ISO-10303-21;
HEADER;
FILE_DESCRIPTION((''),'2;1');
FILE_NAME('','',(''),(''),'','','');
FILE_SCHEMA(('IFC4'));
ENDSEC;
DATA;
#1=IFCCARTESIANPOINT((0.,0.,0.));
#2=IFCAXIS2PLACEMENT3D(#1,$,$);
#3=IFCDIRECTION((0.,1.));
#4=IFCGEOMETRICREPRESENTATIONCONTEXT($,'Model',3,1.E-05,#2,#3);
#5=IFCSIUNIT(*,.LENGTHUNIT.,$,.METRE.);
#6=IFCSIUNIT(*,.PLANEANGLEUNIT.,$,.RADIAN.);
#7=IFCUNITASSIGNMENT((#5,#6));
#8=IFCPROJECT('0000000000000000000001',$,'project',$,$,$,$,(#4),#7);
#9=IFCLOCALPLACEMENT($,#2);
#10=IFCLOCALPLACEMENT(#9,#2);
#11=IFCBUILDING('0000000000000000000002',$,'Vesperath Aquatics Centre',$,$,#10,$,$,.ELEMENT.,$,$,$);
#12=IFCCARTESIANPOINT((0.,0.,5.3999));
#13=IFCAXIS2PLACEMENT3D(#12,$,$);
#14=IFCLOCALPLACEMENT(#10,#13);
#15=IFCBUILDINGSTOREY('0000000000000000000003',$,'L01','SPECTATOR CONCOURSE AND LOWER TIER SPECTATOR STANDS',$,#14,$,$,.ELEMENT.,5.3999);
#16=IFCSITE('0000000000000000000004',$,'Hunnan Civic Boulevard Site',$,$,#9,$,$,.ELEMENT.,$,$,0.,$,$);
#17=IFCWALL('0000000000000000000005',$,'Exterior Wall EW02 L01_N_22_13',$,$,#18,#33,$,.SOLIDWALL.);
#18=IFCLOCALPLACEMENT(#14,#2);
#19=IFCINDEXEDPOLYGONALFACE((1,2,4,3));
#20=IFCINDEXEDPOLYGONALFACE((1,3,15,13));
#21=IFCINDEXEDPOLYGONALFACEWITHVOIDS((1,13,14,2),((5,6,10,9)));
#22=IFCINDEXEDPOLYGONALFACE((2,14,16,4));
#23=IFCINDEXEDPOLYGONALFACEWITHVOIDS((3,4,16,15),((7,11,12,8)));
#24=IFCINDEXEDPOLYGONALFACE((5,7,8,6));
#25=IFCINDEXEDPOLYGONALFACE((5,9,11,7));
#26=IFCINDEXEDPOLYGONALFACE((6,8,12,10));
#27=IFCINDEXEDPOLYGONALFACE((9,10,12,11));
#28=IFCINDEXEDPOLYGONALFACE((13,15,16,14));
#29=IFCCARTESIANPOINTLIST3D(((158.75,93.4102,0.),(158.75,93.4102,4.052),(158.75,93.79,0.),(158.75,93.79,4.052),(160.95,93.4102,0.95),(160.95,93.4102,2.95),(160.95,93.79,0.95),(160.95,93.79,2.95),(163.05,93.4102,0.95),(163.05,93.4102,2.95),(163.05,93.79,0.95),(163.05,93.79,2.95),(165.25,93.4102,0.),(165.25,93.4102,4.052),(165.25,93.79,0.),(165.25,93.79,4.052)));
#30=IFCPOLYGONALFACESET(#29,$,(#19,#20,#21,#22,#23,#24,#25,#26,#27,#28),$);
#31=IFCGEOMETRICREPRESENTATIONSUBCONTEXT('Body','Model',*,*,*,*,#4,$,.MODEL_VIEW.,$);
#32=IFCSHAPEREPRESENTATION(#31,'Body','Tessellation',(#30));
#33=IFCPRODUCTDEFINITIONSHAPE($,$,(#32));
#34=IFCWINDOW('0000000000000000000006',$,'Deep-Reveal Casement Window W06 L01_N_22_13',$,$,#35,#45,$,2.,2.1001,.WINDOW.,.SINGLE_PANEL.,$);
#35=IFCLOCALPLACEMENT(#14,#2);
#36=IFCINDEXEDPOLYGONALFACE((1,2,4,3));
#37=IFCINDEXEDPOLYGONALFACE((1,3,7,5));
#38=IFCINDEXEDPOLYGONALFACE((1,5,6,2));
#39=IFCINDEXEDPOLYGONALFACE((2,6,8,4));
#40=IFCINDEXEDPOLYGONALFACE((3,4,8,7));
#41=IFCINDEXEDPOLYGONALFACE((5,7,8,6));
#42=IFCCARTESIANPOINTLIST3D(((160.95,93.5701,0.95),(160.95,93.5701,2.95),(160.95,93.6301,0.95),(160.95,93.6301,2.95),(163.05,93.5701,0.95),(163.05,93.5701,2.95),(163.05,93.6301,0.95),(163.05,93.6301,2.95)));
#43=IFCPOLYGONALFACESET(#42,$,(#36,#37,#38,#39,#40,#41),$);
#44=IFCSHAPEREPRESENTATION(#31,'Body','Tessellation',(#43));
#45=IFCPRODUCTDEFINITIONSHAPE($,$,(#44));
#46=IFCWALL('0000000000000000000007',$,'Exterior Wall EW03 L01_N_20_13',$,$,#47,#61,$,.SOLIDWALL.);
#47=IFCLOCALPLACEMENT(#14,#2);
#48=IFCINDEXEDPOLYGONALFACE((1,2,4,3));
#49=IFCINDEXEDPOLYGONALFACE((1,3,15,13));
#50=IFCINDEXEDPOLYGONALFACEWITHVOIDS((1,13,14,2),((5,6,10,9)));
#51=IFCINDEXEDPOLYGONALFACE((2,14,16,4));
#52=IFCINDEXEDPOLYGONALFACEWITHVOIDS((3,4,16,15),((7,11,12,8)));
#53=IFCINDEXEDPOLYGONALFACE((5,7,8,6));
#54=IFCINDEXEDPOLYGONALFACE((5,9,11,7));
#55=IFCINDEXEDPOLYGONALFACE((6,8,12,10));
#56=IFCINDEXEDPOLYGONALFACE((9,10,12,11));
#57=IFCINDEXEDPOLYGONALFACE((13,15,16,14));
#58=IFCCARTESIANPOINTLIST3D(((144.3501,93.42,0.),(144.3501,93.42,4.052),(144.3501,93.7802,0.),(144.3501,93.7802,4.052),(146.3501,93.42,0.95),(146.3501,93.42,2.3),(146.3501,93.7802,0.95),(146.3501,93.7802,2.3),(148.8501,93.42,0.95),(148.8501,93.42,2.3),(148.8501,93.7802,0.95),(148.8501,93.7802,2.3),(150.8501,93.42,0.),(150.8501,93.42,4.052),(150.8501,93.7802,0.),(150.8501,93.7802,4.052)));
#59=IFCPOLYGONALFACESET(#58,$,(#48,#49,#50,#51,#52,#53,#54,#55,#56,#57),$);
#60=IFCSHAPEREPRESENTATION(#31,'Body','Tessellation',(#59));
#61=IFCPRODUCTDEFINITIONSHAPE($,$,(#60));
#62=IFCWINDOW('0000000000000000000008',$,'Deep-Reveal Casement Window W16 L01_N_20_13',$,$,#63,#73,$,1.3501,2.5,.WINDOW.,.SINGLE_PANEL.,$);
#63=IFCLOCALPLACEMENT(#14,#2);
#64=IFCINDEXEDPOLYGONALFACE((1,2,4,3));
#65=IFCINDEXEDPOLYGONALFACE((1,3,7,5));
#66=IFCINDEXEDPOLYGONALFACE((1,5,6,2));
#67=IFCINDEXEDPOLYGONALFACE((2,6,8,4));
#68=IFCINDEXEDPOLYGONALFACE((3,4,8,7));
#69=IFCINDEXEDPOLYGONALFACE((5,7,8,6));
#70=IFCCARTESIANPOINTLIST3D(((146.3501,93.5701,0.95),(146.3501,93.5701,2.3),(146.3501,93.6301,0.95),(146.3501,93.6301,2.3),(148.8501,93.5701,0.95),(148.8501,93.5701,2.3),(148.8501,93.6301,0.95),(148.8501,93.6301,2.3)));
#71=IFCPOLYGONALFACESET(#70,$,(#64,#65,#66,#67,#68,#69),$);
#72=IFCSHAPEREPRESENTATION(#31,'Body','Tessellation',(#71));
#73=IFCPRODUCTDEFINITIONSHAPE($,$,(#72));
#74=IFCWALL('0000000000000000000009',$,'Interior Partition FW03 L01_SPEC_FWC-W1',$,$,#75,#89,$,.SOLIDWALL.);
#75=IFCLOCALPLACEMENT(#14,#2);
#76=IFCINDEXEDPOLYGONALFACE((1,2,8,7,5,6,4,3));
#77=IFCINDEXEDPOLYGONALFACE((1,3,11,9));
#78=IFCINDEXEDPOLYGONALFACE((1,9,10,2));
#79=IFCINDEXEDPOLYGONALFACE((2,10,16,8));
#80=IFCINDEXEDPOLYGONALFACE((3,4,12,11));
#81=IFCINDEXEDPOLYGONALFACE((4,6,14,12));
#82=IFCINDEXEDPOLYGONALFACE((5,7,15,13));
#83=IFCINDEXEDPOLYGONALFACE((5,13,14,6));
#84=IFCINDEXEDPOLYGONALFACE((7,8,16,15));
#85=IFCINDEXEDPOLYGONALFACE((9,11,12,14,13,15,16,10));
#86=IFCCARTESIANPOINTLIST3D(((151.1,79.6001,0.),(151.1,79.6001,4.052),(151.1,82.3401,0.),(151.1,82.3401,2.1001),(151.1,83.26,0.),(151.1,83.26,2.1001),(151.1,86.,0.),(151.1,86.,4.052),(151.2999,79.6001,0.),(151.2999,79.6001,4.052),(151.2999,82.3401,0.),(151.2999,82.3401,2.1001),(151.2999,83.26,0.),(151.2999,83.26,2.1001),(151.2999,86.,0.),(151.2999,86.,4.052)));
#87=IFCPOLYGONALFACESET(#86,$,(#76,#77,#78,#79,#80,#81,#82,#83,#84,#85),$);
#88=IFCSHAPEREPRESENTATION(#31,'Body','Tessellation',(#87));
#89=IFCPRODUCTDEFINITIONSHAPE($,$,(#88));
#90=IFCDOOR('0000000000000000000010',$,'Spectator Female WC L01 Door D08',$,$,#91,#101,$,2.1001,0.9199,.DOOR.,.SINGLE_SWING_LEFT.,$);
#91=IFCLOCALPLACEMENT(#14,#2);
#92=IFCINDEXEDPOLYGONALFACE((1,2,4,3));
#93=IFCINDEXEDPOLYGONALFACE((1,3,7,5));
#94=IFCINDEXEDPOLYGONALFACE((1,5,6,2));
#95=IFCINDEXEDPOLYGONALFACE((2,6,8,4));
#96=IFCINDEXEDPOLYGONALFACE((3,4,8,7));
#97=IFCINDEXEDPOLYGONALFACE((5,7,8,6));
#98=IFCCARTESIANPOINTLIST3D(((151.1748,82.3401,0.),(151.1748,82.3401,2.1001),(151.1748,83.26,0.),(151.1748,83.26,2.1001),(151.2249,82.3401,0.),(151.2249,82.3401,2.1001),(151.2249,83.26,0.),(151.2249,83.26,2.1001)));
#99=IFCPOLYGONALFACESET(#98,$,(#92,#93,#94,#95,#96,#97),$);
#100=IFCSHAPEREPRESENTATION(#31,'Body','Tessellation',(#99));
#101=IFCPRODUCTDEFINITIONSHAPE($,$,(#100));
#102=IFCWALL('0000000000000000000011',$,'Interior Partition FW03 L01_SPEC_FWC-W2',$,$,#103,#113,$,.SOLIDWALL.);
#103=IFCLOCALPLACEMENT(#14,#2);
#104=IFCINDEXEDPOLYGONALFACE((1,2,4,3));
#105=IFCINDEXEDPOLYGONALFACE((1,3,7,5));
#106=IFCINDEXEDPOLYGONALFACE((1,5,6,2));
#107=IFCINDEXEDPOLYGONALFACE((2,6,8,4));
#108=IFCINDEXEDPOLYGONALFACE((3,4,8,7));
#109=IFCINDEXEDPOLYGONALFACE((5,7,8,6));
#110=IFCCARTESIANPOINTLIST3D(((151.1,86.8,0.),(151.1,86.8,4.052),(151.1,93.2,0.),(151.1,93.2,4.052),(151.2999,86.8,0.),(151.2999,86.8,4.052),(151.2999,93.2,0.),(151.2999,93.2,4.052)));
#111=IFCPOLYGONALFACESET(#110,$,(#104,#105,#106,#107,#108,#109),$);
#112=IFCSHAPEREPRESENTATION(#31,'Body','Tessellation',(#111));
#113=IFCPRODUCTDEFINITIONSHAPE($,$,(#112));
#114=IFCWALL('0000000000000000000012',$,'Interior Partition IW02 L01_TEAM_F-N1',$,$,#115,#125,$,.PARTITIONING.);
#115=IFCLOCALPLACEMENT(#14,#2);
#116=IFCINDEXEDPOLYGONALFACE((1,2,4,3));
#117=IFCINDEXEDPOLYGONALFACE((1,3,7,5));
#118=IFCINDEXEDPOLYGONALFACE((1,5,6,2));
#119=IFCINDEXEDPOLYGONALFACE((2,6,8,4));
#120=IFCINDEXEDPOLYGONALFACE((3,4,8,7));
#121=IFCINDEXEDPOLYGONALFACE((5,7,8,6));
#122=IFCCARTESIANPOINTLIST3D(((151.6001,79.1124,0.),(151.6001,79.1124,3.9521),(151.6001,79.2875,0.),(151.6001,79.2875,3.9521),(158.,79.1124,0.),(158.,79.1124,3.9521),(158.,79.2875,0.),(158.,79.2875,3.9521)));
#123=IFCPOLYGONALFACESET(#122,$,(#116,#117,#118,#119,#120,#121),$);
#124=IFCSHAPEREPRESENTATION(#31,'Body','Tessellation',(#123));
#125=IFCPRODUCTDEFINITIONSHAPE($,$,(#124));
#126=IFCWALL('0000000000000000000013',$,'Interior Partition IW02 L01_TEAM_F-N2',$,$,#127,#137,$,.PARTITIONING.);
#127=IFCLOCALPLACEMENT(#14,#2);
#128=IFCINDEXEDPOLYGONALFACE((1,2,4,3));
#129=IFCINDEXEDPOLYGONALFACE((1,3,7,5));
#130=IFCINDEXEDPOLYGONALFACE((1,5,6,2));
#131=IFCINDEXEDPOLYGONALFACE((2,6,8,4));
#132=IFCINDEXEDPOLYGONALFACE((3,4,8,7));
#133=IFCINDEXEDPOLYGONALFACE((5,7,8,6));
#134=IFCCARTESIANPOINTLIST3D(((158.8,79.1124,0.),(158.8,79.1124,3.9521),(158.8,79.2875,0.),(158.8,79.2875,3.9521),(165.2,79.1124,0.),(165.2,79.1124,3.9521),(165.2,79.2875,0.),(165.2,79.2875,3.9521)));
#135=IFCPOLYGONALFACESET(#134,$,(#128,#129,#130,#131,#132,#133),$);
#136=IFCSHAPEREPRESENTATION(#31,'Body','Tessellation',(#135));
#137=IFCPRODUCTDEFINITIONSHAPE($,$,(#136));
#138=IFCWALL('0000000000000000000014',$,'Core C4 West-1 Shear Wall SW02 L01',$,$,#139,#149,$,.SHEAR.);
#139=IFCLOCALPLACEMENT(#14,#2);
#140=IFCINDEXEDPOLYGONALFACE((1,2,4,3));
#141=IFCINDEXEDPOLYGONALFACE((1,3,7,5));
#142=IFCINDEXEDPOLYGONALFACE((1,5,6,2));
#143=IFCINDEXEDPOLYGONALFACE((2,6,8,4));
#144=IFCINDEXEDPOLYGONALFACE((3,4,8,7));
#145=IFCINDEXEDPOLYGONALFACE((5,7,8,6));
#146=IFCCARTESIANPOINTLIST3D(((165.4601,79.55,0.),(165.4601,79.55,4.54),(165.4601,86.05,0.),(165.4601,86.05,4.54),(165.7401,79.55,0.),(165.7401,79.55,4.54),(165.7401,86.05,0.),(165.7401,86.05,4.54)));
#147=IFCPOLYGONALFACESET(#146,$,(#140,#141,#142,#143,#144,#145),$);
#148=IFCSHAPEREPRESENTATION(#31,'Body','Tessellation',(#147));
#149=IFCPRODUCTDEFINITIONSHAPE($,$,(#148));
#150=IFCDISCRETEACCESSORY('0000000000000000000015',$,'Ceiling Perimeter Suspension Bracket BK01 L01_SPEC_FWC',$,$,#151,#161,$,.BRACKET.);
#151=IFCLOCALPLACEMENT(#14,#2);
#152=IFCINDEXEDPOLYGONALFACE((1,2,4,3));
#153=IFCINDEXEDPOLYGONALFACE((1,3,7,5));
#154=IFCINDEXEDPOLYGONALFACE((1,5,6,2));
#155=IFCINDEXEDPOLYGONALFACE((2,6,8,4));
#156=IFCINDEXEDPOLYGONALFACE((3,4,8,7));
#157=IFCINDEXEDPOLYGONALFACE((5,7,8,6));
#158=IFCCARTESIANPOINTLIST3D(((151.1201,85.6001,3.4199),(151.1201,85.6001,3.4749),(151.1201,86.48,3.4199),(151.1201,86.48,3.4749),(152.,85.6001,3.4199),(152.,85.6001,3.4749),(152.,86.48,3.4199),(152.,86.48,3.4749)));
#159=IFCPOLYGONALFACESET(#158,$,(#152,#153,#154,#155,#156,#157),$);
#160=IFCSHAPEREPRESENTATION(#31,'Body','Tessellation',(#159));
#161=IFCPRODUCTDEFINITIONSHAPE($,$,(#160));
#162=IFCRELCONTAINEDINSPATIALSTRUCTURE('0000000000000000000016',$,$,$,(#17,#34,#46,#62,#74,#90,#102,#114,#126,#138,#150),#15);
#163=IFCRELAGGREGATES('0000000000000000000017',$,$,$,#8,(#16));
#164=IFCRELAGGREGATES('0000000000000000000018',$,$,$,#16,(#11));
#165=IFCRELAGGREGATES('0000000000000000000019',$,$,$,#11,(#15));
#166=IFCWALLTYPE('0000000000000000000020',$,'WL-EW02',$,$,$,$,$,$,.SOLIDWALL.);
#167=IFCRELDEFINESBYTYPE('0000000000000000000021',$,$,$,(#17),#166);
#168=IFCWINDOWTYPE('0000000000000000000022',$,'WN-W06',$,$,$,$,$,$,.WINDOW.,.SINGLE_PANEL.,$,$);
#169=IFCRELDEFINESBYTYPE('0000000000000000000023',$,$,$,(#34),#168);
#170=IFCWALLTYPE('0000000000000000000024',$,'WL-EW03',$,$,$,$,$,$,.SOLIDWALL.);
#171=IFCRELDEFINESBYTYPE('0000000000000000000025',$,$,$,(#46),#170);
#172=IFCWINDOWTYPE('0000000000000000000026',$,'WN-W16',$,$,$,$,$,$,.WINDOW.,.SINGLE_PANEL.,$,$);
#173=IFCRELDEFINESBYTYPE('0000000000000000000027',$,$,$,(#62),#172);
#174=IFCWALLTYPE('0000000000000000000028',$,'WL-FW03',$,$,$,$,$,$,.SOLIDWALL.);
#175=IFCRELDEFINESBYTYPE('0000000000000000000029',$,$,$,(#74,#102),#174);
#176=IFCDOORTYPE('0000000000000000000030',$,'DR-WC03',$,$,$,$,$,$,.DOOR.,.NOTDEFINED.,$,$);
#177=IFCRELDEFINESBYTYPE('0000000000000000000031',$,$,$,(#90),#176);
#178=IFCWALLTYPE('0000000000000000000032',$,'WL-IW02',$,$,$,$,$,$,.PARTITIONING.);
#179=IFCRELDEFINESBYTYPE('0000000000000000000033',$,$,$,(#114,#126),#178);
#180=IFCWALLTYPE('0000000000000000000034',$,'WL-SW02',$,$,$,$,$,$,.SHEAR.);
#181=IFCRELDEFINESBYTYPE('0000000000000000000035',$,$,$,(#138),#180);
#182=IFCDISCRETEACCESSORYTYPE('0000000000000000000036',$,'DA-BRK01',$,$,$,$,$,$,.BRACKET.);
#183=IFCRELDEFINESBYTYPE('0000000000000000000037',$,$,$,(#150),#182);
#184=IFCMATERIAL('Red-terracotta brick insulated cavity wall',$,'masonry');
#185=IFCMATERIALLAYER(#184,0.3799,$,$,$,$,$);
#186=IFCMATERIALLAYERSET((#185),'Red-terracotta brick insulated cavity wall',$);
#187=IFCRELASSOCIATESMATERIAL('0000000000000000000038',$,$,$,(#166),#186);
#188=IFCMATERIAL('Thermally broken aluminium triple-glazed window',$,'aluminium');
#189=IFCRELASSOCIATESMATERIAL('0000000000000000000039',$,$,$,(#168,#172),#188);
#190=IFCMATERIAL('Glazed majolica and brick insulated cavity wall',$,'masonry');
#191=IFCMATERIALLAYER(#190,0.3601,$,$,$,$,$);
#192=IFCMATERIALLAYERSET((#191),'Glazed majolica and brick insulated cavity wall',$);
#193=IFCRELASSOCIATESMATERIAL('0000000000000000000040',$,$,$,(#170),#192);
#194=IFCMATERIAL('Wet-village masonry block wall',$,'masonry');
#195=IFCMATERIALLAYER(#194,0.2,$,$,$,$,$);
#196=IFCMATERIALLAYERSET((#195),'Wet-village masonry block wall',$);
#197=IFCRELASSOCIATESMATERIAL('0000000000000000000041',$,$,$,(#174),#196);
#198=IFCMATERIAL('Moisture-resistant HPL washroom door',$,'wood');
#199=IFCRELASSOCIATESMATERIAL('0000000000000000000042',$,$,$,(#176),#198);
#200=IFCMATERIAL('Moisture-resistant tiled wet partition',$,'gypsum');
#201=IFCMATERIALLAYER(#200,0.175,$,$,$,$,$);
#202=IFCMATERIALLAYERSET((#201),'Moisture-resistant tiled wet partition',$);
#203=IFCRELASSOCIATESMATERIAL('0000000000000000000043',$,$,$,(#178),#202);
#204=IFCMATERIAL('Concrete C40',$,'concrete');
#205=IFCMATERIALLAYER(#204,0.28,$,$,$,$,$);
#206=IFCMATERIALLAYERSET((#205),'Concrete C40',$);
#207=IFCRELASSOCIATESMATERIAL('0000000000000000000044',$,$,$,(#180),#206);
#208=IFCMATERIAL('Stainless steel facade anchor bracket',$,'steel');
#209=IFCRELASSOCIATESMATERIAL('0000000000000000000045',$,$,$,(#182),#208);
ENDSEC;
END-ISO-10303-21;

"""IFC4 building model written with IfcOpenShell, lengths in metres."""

from ifc_helpers import new_model, si_unit, direction, frame, frame_2d, origin, origin_2d, place, context, subcontext, project, spatial, rectangle, extrude, material, layer, layer_set, type_object, element, fill, save


model = new_model("IFC4")

# Units and contexts
model_context = context("Model", 3, precision=1e-05, world=origin(), true_north=direction((0.0, 1.0)))
body_context = subcontext(model_context, "Body", "Model", "MODEL_VIEW")
ifc_project = project(units=[si_unit("LENGTHUNIT", "METRE"), si_unit("PLANEANGLEUNIT", "RADIAN")], contexts=[model_context])

# Site, building, storey
site_placement = place(None, origin())
site = spatial("IfcSite", under=ifc_project, at=site_placement, Name="Hunnan Civic Boulevard Site", CompositionType="ELEMENT", RefElevation=0.0)
building_placement = place(site_placement, origin())
building = spatial("IfcBuilding", under=site, at=building_placement, Name="Vesperath Aquatics Centre", CompositionType="ELEMENT")
storey_placement = place(building_placement, frame((0.0, 0.0, 5.3999)))
storey = spatial("IfcBuildingStorey", under=building, at=storey_placement, Name="L01", Description="SPECTATOR CONCOURSE AND LOWER TIER SPECTATOR STANDS", CompositionType="ELEMENT", Elevation=5.3999)

# Shared definitions
ifc_material_1 = material(Name="Concrete C40", Category="concrete")

# Walls, openings, windows
ifc_material_2 = material(Name="Red-terracotta brick insulated cavity wall", Category="masonry")
ifc_layer_1 = layer(ifc_material_2, 0.3799)
ifc_layer_set_1 = layer_set([ifc_layer_1], Name="Red-terracotta brick insulated cavity wall")
wall_type_1 = type_object("IfcWallType", Name="WL-EW02", PredefinedType="SOLIDWALL", material=ifc_layer_set_1)
ifc_material_3 = material(Name="Thermally broken aluminium triple-glazed window", Category="aluminium")
wall_1_placement = place(storey_placement, frame((158.75, 93.6001, 0.0), z_axis=(0.0, 0.0, 1.0), x_axis=(1.0, 0.0, 0.0)))
wall_1 = element("IfcWall", 1, at=wall_1_placement, inside=storey, type_object=wall_type_1, Name="Exterior Wall EW02 L01_N_22_13", PredefinedType="SOLIDWALL", context=body_context, shape_type="SweptSolid", body=[
    extrude(rectangle(XDim=6.5, YDim=0.3799, at=frame_2d((3.25, 0.0))), origin(), (0.0, 0.0, 1.0), 4.052),
])
opening_1_placement = place(wall_1_placement, frame((2.2, 0.0, 0.95)))
opening_1 = element("IfcOpeningElement", 2, at=opening_1_placement, cuts=wall_1, PredefinedType="OPENING", context=body_context, shape_type="SweptSolid", body=[
    extrude(rectangle(XDim=2.1001, YDim=2.0, at=frame_2d((1.05, 1.0))), frame((0.0, 0.2048, 0.0), z_axis=(0.0, -1.0, 0.0), x_axis=(1.0, 0.0, 0.0)), (0.0, 0.0, 1.0), 0.4097),
])
window_type_1 = type_object("IfcWindowType", Name="WN-W06", PartitioningType="SINGLE_PANEL", PredefinedType="WINDOW", material=ifc_material_3)
window_1_placement = place(opening_1_placement, origin())
window_1 = element("IfcWindow", 3, at=window_1_placement, inside=storey, type_object=window_type_1, Name="Deep-Reveal Casement Window W06 L01_N_22_13", OverallHeight=2.0, OverallWidth=2.1001, PartitioningType="SINGLE_PANEL", PredefinedType="WINDOW", context=body_context, shape_type="SweptSolid", body=[
    extrude(rectangle(XDim=2.1001, YDim=2.0, at=frame_2d((1.05, 1.0))), frame((0.0, 0.03, 0.0), z_axis=(0.0, -1.0, 0.0), x_axis=(1.0, 0.0, 0.0)), (0.0, 0.0, 1.0), 0.0601),
])
fill(opening_1, window_1)
ifc_material_4 = material(Name="Glazed majolica and brick insulated cavity wall", Category="masonry")
ifc_layer_2 = layer(ifc_material_4, 0.3601)
ifc_layer_set_2 = layer_set([ifc_layer_2], Name="Glazed majolica and brick insulated cavity wall")
wall_type_2 = type_object("IfcWallType", Name="WL-EW03", PredefinedType="SOLIDWALL", material=ifc_layer_set_2)
wall_2_placement = place(storey_placement, frame((144.3501, 93.6001, 0.0), z_axis=(0.0, 0.0, 1.0), x_axis=(1.0, 0.0, 0.0)))
wall_2 = element("IfcWall", 4, at=wall_2_placement, inside=storey, type_object=wall_type_2, Name="Exterior Wall EW03 L01_N_20_13", PredefinedType="SOLIDWALL", context=body_context, shape_type="SweptSolid", body=[
    extrude(rectangle(XDim=6.5, YDim=0.3601, at=frame_2d((3.25, 0.0))), origin(), (0.0, 0.0, 1.0), 4.052),
])
opening_2_placement = place(wall_2_placement, frame((2.0, 0.0, 0.95)))
opening_2 = element("IfcOpeningElement", 5, at=opening_2_placement, cuts=wall_2, PredefinedType="OPENING", context=body_context, shape_type="SweptSolid", body=[
    extrude(rectangle(XDim=2.5, YDim=1.3501, at=frame_2d((1.25, 0.675))), frame((0.0, 0.1948, 0.0), z_axis=(0.0, -1.0, 0.0), x_axis=(1.0, 0.0, 0.0)), (0.0, 0.0, 1.0), 0.3899),
])
window_type_2 = type_object("IfcWindowType", Name="WN-W16", PartitioningType="SINGLE_PANEL", PredefinedType="WINDOW", material=ifc_material_3)
window_2_placement = place(opening_2_placement, origin())
window_2 = element("IfcWindow", 6, at=window_2_placement, inside=storey, type_object=window_type_2, Name="Deep-Reveal Casement Window W16 L01_N_20_13", OverallHeight=1.3501, OverallWidth=2.5, PartitioningType="SINGLE_PANEL", PredefinedType="WINDOW", context=body_context, shape_type="SweptSolid", body=[
    extrude(rectangle(XDim=2.5, YDim=1.3501, at=frame_2d((1.25, 0.675))), frame((0.0, 0.03, 0.0), z_axis=(0.0, -1.0, 0.0), x_axis=(1.0, 0.0, 0.0)), (0.0, 0.0, 1.0), 0.0601),
])
fill(opening_2, window_2)

# Wall, opening, door
ifc_material_5 = material(Name="Wet-village masonry block wall", Category="masonry")
ifc_layer_3 = layer(ifc_material_5, 0.2)
ifc_layer_set_3 = layer_set([ifc_layer_3], Name="Wet-village masonry block wall")
wall_type_3 = type_object("IfcWallType", Name="WL-FW03", PredefinedType="SOLIDWALL", material=ifc_layer_set_3)
wall_3_placement = place(storey_placement, frame((151.2, 79.6001, 0.0), z_axis=(0.0, 0.0, 1.0), x_axis=(0.0, 1.0, 0.0)))
wall_3 = element("IfcWall", 7, at=wall_3_placement, inside=storey, type_object=wall_type_3, Name="Interior Partition FW03 L01_SPEC_FWC-W1", PredefinedType="SOLIDWALL", context=body_context, shape_type="SweptSolid", body=[
    extrude(rectangle(XDim=6.3999, YDim=0.2, at=frame_2d((3.2, 0.0))), origin(), (0.0, 0.0, 1.0), 4.052),
])
opening_3_placement = place(wall_3_placement, frame((2.74, 0.0, 0.0)))
opening_3 = element("IfcOpeningElement", 8, at=opening_3_placement, cuts=wall_3, PredefinedType="OPENING", context=body_context, shape_type="SweptSolid", body=[
    extrude(rectangle(XDim=0.9199, YDim=2.1001, at=frame_2d((0.46, 1.05))), frame((0.0, 0.1147, 0.0), z_axis=(0.0, -1.0, 0.0), x_axis=(1.0, 0.0, 0.0)), (0.0, 0.0, 1.0), 0.2297),
])
ifc_material_6 = material(Name="Moisture-resistant HPL washroom door", Category="wood")
door_type = type_object("IfcDoorType", Name="DR-WC03", OperationType="NOTDEFINED", PredefinedType="DOOR", material=ifc_material_6)
door_placement = place(opening_3_placement, frame((0.9199, 0.0, 0.0), z_axis=(0.0, 0.0, 1.0), x_axis=(-1.0, 0.0, 0.0)))
door = element("IfcDoor", 9, at=door_placement, inside=storey, type_object=door_type, Name="Spectator Female WC L01 Door D08", OperationType="SINGLE_SWING_LEFT", OverallHeight=2.1001, OverallWidth=0.9199, PredefinedType="DOOR", context=body_context, shape_type="SweptSolid", body=[
    extrude(rectangle(XDim=0.9199, YDim=2.1001, at=frame_2d((0.46, 1.05))), frame((0.0, 0.0249, 0.0), z_axis=(0.0, -1.0, 0.0), x_axis=(1.0, 0.0, 0.0)), (0.0, 0.0, 1.0), 0.05),
])
fill(opening_3, door)

# Walls
wall_4_placement = place(storey_placement, frame((151.2, 86.8, 0.0), z_axis=(0.0, 0.0, 1.0), x_axis=(0.0, 1.0, 0.0)))
element("IfcWall", 10, at=wall_4_placement, inside=storey, type_object=wall_type_3, Name="Interior Partition FW03 L01_SPEC_FWC-W2", PredefinedType="SOLIDWALL", context=body_context, shape_type="SweptSolid", body=[
    extrude(rectangle(XDim=6.3999, YDim=0.2, at=frame_2d((3.2, 0.0))), origin(), (0.0, 0.0, 1.0), 4.052),
])
ifc_material_7 = material(Name="Moisture-resistant tiled wet partition", Category="gypsum")
ifc_layer_4 = layer(ifc_material_7, 0.175)
ifc_layer_set_4 = layer_set([ifc_layer_4], Name="Moisture-resistant tiled wet partition")
wall_type_4 = type_object("IfcWallType", Name="WL-IW02", PredefinedType="PARTITIONING", material=ifc_layer_set_4)
for number, where, z_axis, x_axis, name in (
    (11, (151.6001, 79.2, 0.0), (0.0, 0.0, 1.0), (1.0, 0.0, 0.0), "Interior Partition IW02 L01_TEAM_F-N1"),
    (12, (158.8, 79.2, 0.0), (0.0, 0.0, 1.0), (1.0, 0.0, 0.0), "Interior Partition IW02 L01_TEAM_F-N2"),
):
    element("IfcWall", number, at=place(storey_placement, frame(where, z_axis=z_axis, x_axis=x_axis)), inside=storey, type_object=wall_type_4, Name=name, PredefinedType="PARTITIONING", context=body_context, shape_type="SweptSolid", body=[
        extrude(rectangle(XDim=6.3999, YDim=0.175, at=frame_2d((3.2, 0.0))), origin(), (0.0, 0.0, 1.0), 3.9521),
    ])
ifc_layer_5 = layer(ifc_material_1, 0.28)
ifc_layer_set_5 = layer_set([ifc_layer_5], Name="Concrete C40")
wall_type_5 = type_object("IfcWallType", Name="WL-SW02", PredefinedType="SHEAR", material=ifc_layer_set_5)
wall_5_placement = place(storey_placement, frame((165.6001, 79.55, 0.0), z_axis=(0.0, 0.0, 1.0), x_axis=(0.0, 1.0, 0.0)))
element("IfcWall", 13, at=wall_5_placement, inside=storey, type_object=wall_type_5, Name="Core C4 West-1 Shear Wall SW02 L01", PredefinedType="SHEAR", context=body_context, shape_type="SweptSolid", body=[
    extrude(rectangle(XDim=6.5, YDim=0.28, at=frame_2d((3.25, 0.0))), origin(), (0.0, 0.0, 1.0), 4.54),
])

# Discrete accessory
ifc_material_8 = material(Name="Stainless steel facade anchor bracket", Category="steel")
discrete_accessory_type = type_object("IfcDiscreteAccessoryType", Name="DA-BRK01", PredefinedType="BRACKET", material=ifc_material_8)
discrete_accessory_placement = place(storey_placement, frame((151.5601, 86.04, 3.4199), z_axis=(0.0, 0.0, 1.0), x_axis=(1.0, 0.0, 0.0)))
element("IfcDiscreteAccessory", 14, at=discrete_accessory_placement, inside=storey, type_object=discrete_accessory_type, Name="Ceiling Perimeter Suspension Bracket BK01 L01_SPEC_FWC", PredefinedType="BRACKET", context=body_context, shape_type="SweptSolid", body=[
    extrude(rectangle(XDim=0.8799, YDim=0.8799, at=origin_2d()), origin(), (0.0, 0.0, 1.0), 0.0549),
])

save(model, "model.ifc")
